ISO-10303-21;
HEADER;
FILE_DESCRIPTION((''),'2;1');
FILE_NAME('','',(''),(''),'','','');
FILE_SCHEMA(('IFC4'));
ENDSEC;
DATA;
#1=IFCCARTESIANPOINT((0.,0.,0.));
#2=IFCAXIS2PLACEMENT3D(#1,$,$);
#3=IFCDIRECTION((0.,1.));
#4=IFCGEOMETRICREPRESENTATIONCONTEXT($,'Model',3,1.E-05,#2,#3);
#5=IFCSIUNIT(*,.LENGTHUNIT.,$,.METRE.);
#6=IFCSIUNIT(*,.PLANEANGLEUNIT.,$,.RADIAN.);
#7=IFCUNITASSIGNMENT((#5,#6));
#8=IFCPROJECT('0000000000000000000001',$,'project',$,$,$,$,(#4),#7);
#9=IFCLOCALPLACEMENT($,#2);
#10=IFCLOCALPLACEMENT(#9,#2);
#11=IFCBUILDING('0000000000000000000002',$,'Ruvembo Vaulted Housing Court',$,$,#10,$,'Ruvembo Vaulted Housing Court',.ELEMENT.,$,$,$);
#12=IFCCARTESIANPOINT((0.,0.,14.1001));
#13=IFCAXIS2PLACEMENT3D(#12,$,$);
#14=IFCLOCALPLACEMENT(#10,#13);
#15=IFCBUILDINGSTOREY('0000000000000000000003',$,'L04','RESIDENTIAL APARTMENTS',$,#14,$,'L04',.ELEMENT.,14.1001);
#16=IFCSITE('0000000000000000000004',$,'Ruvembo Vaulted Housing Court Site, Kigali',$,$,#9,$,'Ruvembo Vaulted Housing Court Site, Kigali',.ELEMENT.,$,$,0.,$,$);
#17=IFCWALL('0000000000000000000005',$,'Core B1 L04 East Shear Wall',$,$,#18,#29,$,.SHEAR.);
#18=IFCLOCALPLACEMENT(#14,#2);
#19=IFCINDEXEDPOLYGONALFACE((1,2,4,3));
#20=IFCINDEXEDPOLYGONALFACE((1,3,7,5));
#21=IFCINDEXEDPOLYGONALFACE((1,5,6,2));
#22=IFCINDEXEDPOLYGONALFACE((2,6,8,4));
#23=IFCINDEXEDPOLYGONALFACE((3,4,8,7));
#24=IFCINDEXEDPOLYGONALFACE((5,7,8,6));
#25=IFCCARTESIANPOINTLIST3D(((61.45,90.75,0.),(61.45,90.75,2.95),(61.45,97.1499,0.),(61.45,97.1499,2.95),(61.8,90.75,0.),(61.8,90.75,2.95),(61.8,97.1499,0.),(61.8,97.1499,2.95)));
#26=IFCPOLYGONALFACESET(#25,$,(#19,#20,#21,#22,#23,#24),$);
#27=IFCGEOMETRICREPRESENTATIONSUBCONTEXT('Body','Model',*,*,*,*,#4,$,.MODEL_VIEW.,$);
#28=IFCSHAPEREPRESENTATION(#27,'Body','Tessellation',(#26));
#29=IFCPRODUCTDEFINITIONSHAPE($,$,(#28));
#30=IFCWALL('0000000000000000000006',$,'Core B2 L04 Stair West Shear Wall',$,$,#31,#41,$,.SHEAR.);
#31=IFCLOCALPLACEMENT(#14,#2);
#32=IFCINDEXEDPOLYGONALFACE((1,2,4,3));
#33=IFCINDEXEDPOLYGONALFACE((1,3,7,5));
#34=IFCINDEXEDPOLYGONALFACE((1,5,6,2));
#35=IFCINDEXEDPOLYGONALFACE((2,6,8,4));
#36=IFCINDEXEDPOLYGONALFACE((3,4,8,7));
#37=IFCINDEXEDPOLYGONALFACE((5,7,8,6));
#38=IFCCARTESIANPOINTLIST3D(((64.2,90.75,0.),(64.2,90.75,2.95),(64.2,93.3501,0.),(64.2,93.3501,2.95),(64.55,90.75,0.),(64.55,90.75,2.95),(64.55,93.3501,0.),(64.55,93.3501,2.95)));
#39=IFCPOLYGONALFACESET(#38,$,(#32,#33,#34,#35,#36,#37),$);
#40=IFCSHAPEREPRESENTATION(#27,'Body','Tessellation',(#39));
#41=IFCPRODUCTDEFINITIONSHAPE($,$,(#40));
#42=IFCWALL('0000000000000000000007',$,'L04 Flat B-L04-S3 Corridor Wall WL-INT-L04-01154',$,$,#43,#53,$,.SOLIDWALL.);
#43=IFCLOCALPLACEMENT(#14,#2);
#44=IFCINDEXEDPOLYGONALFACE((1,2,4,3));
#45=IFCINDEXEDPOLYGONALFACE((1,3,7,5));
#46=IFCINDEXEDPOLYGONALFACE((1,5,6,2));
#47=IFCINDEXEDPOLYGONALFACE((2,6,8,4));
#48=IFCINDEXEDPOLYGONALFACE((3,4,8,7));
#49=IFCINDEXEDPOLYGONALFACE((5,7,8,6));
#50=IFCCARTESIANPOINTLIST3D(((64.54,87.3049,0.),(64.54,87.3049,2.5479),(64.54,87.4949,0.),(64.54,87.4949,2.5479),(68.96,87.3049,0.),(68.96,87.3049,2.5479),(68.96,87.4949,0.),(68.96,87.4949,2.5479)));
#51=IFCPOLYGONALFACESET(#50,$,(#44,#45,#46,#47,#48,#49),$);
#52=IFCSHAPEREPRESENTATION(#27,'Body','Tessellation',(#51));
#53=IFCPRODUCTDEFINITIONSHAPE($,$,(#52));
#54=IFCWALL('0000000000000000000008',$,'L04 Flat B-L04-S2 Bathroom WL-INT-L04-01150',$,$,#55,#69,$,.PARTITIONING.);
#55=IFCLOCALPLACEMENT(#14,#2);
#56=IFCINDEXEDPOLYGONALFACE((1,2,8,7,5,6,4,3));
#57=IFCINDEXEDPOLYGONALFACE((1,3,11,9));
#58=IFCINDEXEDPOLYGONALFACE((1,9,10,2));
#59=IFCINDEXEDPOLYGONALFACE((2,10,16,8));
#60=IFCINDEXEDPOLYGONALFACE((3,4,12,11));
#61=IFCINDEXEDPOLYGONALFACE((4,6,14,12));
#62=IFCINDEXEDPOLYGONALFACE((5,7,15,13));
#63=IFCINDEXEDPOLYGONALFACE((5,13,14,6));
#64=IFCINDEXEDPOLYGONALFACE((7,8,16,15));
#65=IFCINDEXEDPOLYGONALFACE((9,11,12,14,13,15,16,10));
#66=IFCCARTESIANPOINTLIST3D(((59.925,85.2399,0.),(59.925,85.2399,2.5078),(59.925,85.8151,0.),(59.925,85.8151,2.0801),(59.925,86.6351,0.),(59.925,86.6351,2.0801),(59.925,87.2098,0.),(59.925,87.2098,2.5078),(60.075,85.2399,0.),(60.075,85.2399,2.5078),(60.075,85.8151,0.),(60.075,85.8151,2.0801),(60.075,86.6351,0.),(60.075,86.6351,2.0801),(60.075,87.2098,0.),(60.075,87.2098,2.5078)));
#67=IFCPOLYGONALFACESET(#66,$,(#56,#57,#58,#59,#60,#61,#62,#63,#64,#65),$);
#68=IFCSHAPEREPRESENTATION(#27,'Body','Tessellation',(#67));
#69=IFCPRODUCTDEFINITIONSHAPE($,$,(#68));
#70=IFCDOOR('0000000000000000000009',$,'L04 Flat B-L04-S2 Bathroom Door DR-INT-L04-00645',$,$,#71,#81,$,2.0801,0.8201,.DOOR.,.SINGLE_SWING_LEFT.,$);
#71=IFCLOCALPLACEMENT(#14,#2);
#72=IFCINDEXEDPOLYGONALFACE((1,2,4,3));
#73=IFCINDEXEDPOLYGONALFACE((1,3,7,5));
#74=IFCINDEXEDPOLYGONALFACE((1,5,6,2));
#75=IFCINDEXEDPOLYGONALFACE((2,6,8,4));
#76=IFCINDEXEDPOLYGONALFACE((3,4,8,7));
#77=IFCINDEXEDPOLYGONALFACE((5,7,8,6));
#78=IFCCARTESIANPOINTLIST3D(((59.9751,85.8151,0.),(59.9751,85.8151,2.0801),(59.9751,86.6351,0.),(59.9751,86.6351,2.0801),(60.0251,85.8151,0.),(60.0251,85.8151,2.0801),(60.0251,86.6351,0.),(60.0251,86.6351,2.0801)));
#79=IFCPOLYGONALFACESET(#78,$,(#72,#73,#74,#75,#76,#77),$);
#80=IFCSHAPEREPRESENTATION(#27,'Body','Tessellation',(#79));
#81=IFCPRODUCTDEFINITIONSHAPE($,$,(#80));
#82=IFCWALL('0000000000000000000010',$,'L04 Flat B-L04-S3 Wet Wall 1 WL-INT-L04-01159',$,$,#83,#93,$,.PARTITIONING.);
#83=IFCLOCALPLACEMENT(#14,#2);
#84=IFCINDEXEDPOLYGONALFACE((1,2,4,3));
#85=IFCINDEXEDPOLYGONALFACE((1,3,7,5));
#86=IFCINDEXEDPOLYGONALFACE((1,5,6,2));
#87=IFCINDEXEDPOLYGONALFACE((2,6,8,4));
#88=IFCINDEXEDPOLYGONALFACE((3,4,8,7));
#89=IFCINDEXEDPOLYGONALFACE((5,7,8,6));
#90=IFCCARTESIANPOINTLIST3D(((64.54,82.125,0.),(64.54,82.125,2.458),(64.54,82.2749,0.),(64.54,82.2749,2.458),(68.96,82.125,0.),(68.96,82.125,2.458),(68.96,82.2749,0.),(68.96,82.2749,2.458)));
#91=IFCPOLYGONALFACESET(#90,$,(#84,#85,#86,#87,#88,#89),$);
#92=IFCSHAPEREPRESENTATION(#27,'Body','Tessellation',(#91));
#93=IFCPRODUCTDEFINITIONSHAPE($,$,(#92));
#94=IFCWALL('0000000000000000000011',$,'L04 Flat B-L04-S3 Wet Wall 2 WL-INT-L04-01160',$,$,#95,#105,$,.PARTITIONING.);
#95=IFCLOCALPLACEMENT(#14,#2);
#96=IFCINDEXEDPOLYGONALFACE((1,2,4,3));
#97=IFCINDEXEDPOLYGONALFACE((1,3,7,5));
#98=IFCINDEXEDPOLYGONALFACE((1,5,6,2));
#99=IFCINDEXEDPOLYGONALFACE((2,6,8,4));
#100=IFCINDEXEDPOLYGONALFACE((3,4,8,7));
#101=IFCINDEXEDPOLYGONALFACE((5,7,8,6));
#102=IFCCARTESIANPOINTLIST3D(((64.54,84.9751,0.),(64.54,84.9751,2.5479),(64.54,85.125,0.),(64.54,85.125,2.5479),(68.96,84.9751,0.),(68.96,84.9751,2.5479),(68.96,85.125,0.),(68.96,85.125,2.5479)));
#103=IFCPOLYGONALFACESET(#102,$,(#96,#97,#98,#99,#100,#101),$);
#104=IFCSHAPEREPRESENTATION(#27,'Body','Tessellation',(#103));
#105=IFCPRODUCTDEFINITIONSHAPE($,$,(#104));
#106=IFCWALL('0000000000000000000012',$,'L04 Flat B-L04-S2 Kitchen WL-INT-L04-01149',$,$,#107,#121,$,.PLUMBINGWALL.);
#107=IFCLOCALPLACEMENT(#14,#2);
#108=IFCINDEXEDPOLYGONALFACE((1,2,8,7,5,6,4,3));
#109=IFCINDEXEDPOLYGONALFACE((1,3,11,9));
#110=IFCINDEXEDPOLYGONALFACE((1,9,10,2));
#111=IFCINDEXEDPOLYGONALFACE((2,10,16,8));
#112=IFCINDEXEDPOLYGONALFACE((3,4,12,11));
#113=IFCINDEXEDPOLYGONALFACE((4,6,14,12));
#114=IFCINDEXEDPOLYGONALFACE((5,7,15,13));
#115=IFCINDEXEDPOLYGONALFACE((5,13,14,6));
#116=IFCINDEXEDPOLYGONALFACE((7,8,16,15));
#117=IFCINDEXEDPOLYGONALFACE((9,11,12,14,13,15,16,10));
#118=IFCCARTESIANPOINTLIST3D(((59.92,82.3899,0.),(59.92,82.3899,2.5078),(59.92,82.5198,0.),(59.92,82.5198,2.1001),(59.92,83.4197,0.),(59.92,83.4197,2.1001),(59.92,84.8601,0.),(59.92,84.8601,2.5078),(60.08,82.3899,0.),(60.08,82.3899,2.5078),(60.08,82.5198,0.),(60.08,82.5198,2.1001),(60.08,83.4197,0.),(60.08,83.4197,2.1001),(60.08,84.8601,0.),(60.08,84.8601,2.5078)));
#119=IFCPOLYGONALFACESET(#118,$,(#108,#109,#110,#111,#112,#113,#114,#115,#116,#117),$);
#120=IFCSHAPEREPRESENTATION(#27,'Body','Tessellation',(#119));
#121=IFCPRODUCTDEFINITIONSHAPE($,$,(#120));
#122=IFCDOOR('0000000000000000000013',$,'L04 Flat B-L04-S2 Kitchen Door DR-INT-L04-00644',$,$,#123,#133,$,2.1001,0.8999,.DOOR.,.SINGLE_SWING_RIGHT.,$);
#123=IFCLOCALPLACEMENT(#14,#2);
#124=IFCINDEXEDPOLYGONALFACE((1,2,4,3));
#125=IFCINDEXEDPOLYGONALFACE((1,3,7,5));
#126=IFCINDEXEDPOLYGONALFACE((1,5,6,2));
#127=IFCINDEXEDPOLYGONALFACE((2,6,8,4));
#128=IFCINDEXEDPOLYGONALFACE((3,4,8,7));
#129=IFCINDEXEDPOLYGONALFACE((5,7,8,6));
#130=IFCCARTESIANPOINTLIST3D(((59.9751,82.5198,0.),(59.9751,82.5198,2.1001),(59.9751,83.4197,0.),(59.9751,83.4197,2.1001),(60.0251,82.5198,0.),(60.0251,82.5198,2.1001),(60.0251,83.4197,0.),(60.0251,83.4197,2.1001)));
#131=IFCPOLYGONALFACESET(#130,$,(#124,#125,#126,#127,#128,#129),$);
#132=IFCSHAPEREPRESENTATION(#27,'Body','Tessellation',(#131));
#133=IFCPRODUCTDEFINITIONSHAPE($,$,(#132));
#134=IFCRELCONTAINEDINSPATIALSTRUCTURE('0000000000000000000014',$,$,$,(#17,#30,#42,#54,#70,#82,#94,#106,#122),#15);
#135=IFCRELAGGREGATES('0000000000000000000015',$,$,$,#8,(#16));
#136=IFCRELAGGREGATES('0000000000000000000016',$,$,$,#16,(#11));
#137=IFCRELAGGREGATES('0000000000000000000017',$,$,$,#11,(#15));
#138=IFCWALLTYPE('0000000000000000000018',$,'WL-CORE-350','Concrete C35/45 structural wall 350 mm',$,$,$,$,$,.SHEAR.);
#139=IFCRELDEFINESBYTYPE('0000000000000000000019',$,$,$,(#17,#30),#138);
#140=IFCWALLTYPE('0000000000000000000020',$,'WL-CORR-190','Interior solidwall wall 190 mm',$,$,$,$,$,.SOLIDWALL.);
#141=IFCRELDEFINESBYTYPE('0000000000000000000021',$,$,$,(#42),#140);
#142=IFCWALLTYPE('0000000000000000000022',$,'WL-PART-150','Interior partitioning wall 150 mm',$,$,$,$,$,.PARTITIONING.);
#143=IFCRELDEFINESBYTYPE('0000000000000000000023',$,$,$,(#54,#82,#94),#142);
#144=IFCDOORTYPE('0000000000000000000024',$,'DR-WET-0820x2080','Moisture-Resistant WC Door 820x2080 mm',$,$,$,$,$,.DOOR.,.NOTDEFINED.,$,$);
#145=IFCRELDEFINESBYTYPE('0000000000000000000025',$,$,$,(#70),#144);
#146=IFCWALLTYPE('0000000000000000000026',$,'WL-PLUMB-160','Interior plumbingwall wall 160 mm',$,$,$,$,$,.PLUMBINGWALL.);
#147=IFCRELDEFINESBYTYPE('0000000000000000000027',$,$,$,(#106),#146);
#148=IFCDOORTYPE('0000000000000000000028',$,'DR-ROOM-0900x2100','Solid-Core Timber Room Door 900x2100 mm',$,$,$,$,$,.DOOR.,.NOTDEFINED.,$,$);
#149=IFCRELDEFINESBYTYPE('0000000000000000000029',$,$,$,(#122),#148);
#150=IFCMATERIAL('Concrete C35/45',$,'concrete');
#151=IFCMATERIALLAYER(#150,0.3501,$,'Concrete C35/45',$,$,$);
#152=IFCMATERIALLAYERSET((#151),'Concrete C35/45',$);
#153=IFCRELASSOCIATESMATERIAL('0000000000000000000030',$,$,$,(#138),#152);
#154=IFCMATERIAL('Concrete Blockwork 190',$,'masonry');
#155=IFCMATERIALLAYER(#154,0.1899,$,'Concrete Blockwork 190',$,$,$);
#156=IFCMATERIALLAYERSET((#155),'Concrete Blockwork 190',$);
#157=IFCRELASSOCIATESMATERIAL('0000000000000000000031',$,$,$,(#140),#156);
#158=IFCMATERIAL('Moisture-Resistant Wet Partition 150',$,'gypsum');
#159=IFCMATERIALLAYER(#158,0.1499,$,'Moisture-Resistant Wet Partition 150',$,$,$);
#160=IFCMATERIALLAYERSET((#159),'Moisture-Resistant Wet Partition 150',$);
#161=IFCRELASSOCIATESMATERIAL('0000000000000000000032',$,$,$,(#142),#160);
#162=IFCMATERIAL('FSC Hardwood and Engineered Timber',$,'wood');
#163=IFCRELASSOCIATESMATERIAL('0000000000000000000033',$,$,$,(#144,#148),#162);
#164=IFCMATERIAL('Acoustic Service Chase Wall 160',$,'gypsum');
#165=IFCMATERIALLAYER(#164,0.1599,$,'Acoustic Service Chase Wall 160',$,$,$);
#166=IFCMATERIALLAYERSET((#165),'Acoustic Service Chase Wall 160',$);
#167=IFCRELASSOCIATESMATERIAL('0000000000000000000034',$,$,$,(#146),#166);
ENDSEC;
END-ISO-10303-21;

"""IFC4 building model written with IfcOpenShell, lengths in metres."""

from ifc_helpers import new_model, si_unit, direction, frame, frame_2d, origin, place, context, subcontext, project, spatial, rectangle, extrude, material, layer, layer_set, type_object, element, fill, save


model = new_model("IFC4")

# Units and contexts
model_context = context("Model", 3, precision=1e-05, world=origin(), true_north=direction((0.0, 1.0)))
body_context = subcontext(model_context, "Body", "Model", "MODEL_VIEW")
ifc_project = project(units=[si_unit("LENGTHUNIT", "METRE"), si_unit("PLANEANGLEUNIT", "RADIAN")], contexts=[model_context])

# Site, building, storey
site_placement = place(None, origin())
site = spatial("IfcSite", under=ifc_project, at=site_placement, Name="Ruvembo Vaulted Housing Court Site, Kigali", LongName="Ruvembo Vaulted Housing Court Site, Kigali", CompositionType="ELEMENT", RefElevation=0.0)
building_placement = place(site_placement, origin())
building = spatial("IfcBuilding", under=site, at=building_placement, Name="Ruvembo Vaulted Housing Court", LongName="Ruvembo Vaulted Housing Court", CompositionType="ELEMENT")
storey_placement = place(building_placement, frame((0.0, 0.0, 14.1001)))
storey = spatial("IfcBuildingStorey", under=building, at=storey_placement, Name="L04", Description="RESIDENTIAL APARTMENTS", LongName="L04", CompositionType="ELEMENT", Elevation=14.1001)

# Shared definitions
ifc_material_1 = material(Name="Concrete C35/45", Category="concrete")

# Wall
ifc_layer_1 = layer(ifc_material_1, 0.3501, Name="Concrete C35/45")
ifc_layer_set_1 = layer_set([ifc_layer_1], Name="Concrete C35/45")
wall_type_1 = type_object("IfcWallType", Name="WL-CORE-350", Description="Concrete C35/45 structural wall 350 mm", PredefinedType="SHEAR", material=ifc_layer_set_1)
wall_1_placement = place(storey_placement, frame((61.625, 90.75, 0.0), z_axis=(0.0, 0.0, 1.0), x_axis=(0.0, 1.0, 0.0)))
element("IfcWall", 1, at=wall_1_placement, inside=storey, type_object=wall_type_1, Name="Core B1 L04 East Shear Wall", PredefinedType="SHEAR", context=body_context, shape_type="SweptSolid", body=[
    extrude(rectangle(XDim=6.3999, YDim=0.3501, at=frame_2d((3.2, 0.0))), origin(), (0.0, 0.0, 1.0), 2.95),
])

# Wall
wall_2_placement = place(storey_placement, frame((64.375, 93.3501, 0.0), z_axis=(0.0, 0.0, 1.0), x_axis=(0.0, -1.0, 0.0)))
element("IfcWall", 2, at=wall_2_placement, inside=storey, type_object=wall_type_1, Name="Core B2 L04 Stair West Shear Wall", PredefinedType="SHEAR", context=body_context, shape_type="SweptSolid", body=[
    extrude(rectangle(XDim=2.6001, YDim=0.3501, at=frame_2d((1.3, 0.0))), origin(), (0.0, 0.0, 1.0), 2.95),
])

# Shared definitions
ifc_material_2 = material(Name="Concrete Blockwork 190", Category="masonry")
ifc_layer_2 = layer(ifc_material_2, 0.1899, Name="Concrete Blockwork 190")
ifc_layer_set_2 = layer_set([ifc_layer_2], Name="Concrete Blockwork 190")
wall_type_2 = type_object("IfcWallType", Name="WL-CORR-190", Description="Interior solidwall wall 190 mm", PredefinedType="SOLIDWALL", material=ifc_layer_set_2)
ifc_material_3 = material(Name="FSC Hardwood and Engineered Timber", Category="wood")

# Wall
wall_3_placement = place(storey_placement, frame((64.54, 87.3999, 0.0), z_axis=(0.0, 0.0, 1.0), x_axis=(1.0, 0.0, 0.0)))
element("IfcWall", 3, at=wall_3_placement, inside=storey, type_object=wall_type_2, Name="L04 Flat B-L04-S3 Corridor Wall WL-INT-L04-01154", PredefinedType="SOLIDWALL", context=body_context, shape_type="SweptSolid", body=[
    extrude(rectangle(XDim=4.4199, YDim=0.1899, at=frame_2d((2.21, 0.0))), origin(), (0.0, 0.0, 1.0), 2.5479),
])

# Wall, opening, door
ifc_material_4 = material(Name="Moisture-Resistant Wet Partition 150", Category="gypsum")
ifc_layer_3 = layer(ifc_material_4, 0.1499, Name="Moisture-Resistant Wet Partition 150")
ifc_layer_set_3 = layer_set([ifc_layer_3], Name="Moisture-Resistant Wet Partition 150")
wall_type_3 = type_object("IfcWallType", Name="WL-PART-150", Description="Interior partitioning wall 150 mm", PredefinedType="PARTITIONING", material=ifc_layer_set_3)
wall_4_placement = place(storey_placement, frame((60.0, 85.24, 0.0), z_axis=(0.0, 0.0, 1.0), x_axis=(0.0, 1.0, 0.0)))
wall_4 = element("IfcWall", 4, at=wall_4_placement, inside=storey, type_object=wall_type_3, Name="L04 Flat B-L04-S2 Bathroom WL-INT-L04-01150", PredefinedType="PARTITIONING", context=body_context, shape_type="SweptSolid", body=[
    extrude(rectangle(XDim=1.97, YDim=0.1499, at=frame_2d((0.9849, 0.0))), origin(), (0.0, 0.0, 1.0), 2.5078),
])
opening_1_placement = place(wall_4_placement, frame((0.575, 0.0, 0.0)))
opening_1 = element("IfcOpeningElement", 5, at=opening_1_placement, cuts=wall_4, PredefinedType="OPENING", context=body_context, shape_type="SweptSolid", body=[
    extrude(rectangle(XDim=0.8201, YDim=2.0801, at=frame_2d((0.4102, 1.04))), frame((0.0, 0.085, 0.0), z_axis=(0.0, -1.0, 0.0), x_axis=(1.0, 0.0, 0.0)), (0.0, 0.0, 1.0), 0.1699),
])
door_type_1 = type_object("IfcDoorType", Name="DR-WET-0820x2080", Description="Moisture-Resistant WC Door 820x2080 mm", OperationType="NOTDEFINED", PredefinedType="DOOR", material=ifc_material_3)
door_1_placement = place(opening_1_placement, origin())
door_1 = element("IfcDoor", 6, at=door_1_placement, inside=storey, type_object=door_type_1, Name="L04 Flat B-L04-S2 Bathroom Door DR-INT-L04-00645", OperationType="SINGLE_SWING_LEFT", OverallHeight=2.0801, OverallWidth=0.8201, PredefinedType="DOOR", context=body_context, shape_type="SweptSolid", body=[
    extrude(rectangle(XDim=0.8201, YDim=2.0801, at=frame_2d((0.4102, 1.04))), frame((0.0, 0.0249, 0.0), z_axis=(0.0, -1.0, 0.0), x_axis=(1.0, 0.0, 0.0)), (0.0, 0.0, 1.0), 0.05),
])
fill(opening_1, door_1)

# Walls
wall_5_placement = place(storey_placement, frame((64.54, 82.2, 0.0), z_axis=(0.0, 0.0, 1.0), x_axis=(1.0, 0.0, 0.0)))
element("IfcWall", 7, at=wall_5_placement, inside=storey, type_object=wall_type_3, Name="L04 Flat B-L04-S3 Wet Wall 1 WL-INT-L04-01159", PredefinedType="PARTITIONING", context=body_context, shape_type="SweptSolid", body=[
    extrude(rectangle(XDim=4.4199, YDim=0.1499, at=frame_2d((2.21, 0.0))), origin(), (0.0, 0.0, 1.0), 2.458),
])
wall_6_placement = place(storey_placement, frame((64.54, 85.05, 0.0), z_axis=(0.0, 0.0, 1.0), x_axis=(1.0, 0.0, 0.0)))
element("IfcWall", 8, at=wall_6_placement, inside=storey, type_object=wall_type_3, Name="L04 Flat B-L04-S3 Wet Wall 2 WL-INT-L04-01160", PredefinedType="PARTITIONING", context=body_context, shape_type="SweptSolid", body=[
    extrude(rectangle(XDim=4.4199, YDim=0.1499, at=frame_2d((2.21, 0.0))), origin(), (0.0, 0.0, 1.0), 2.5479),
])

# Wall, opening, door
ifc_material_5 = material(Name="Acoustic Service Chase Wall 160", Category="gypsum")
ifc_layer_4 = layer(ifc_material_5, 0.1599, Name="Acoustic Service Chase Wall 160")
ifc_layer_set_4 = layer_set([ifc_layer_4], Name="Acoustic Service Chase Wall 160")
wall_type_4 = type_object("IfcWallType", Name="WL-PLUMB-160", Description="Interior plumbingwall wall 160 mm", PredefinedType="PLUMBINGWALL", material=ifc_layer_set_4)
wall_7_placement = place(storey_placement, frame((60.0, 82.3899, 0.0), z_axis=(0.0, 0.0, 1.0), x_axis=(0.0, 1.0, 0.0)))
wall_7 = element("IfcWall", 9, at=wall_7_placement, inside=storey, type_object=wall_type_4, Name="L04 Flat B-L04-S2 Kitchen WL-INT-L04-01149", PredefinedType="PLUMBINGWALL", context=body_context, shape_type="SweptSolid", body=[
    extrude(rectangle(XDim=2.4702, YDim=0.1599, at=frame_2d((1.2351, 0.0))), origin(), (0.0, 0.0, 1.0), 2.5078),
])
opening_2_placement = place(wall_7_placement, frame((0.1299, 0.0, 0.0)))
opening_2 = element("IfcOpeningElement", 10, at=opening_2_placement, cuts=wall_7, PredefinedType="OPENING", context=body_context, shape_type="SweptSolid", body=[
    extrude(rectangle(XDim=0.8999, YDim=2.1001, at=frame_2d((0.45, 1.05))), frame((0.0, 0.0898, 0.0), z_axis=(0.0, -1.0, 0.0), x_axis=(1.0, 0.0, 0.0)), (0.0, 0.0, 1.0), 0.1799),
])
door_type_2 = type_object("IfcDoorType", Name="DR-ROOM-0900x2100", Description="Solid-Core Timber Room Door 900x2100 mm", OperationType="NOTDEFINED", PredefinedType="DOOR", material=ifc_material_3)
door_2_placement = place(opening_2_placement, origin())
door_2 = element("IfcDoor", 11, at=door_2_placement, inside=storey, type_object=door_type_2, Name="L04 Flat B-L04-S2 Kitchen Door DR-INT-L04-00644", OperationType="SINGLE_SWING_RIGHT", OverallHeight=2.1001, OverallWidth=0.8999, PredefinedType="DOOR", context=body_context, shape_type="SweptSolid", body=[
    extrude(rectangle(XDim=0.8999, YDim=2.1001, at=frame_2d((0.45, 1.05))), frame((0.0, 0.0249, 0.0), z_axis=(0.0, -1.0, 0.0), x_axis=(1.0, 0.0, 0.0)), (0.0, 0.0, 1.0), 0.05),
])
fill(opening_2, door_2)

save(model, "model.ifc")
